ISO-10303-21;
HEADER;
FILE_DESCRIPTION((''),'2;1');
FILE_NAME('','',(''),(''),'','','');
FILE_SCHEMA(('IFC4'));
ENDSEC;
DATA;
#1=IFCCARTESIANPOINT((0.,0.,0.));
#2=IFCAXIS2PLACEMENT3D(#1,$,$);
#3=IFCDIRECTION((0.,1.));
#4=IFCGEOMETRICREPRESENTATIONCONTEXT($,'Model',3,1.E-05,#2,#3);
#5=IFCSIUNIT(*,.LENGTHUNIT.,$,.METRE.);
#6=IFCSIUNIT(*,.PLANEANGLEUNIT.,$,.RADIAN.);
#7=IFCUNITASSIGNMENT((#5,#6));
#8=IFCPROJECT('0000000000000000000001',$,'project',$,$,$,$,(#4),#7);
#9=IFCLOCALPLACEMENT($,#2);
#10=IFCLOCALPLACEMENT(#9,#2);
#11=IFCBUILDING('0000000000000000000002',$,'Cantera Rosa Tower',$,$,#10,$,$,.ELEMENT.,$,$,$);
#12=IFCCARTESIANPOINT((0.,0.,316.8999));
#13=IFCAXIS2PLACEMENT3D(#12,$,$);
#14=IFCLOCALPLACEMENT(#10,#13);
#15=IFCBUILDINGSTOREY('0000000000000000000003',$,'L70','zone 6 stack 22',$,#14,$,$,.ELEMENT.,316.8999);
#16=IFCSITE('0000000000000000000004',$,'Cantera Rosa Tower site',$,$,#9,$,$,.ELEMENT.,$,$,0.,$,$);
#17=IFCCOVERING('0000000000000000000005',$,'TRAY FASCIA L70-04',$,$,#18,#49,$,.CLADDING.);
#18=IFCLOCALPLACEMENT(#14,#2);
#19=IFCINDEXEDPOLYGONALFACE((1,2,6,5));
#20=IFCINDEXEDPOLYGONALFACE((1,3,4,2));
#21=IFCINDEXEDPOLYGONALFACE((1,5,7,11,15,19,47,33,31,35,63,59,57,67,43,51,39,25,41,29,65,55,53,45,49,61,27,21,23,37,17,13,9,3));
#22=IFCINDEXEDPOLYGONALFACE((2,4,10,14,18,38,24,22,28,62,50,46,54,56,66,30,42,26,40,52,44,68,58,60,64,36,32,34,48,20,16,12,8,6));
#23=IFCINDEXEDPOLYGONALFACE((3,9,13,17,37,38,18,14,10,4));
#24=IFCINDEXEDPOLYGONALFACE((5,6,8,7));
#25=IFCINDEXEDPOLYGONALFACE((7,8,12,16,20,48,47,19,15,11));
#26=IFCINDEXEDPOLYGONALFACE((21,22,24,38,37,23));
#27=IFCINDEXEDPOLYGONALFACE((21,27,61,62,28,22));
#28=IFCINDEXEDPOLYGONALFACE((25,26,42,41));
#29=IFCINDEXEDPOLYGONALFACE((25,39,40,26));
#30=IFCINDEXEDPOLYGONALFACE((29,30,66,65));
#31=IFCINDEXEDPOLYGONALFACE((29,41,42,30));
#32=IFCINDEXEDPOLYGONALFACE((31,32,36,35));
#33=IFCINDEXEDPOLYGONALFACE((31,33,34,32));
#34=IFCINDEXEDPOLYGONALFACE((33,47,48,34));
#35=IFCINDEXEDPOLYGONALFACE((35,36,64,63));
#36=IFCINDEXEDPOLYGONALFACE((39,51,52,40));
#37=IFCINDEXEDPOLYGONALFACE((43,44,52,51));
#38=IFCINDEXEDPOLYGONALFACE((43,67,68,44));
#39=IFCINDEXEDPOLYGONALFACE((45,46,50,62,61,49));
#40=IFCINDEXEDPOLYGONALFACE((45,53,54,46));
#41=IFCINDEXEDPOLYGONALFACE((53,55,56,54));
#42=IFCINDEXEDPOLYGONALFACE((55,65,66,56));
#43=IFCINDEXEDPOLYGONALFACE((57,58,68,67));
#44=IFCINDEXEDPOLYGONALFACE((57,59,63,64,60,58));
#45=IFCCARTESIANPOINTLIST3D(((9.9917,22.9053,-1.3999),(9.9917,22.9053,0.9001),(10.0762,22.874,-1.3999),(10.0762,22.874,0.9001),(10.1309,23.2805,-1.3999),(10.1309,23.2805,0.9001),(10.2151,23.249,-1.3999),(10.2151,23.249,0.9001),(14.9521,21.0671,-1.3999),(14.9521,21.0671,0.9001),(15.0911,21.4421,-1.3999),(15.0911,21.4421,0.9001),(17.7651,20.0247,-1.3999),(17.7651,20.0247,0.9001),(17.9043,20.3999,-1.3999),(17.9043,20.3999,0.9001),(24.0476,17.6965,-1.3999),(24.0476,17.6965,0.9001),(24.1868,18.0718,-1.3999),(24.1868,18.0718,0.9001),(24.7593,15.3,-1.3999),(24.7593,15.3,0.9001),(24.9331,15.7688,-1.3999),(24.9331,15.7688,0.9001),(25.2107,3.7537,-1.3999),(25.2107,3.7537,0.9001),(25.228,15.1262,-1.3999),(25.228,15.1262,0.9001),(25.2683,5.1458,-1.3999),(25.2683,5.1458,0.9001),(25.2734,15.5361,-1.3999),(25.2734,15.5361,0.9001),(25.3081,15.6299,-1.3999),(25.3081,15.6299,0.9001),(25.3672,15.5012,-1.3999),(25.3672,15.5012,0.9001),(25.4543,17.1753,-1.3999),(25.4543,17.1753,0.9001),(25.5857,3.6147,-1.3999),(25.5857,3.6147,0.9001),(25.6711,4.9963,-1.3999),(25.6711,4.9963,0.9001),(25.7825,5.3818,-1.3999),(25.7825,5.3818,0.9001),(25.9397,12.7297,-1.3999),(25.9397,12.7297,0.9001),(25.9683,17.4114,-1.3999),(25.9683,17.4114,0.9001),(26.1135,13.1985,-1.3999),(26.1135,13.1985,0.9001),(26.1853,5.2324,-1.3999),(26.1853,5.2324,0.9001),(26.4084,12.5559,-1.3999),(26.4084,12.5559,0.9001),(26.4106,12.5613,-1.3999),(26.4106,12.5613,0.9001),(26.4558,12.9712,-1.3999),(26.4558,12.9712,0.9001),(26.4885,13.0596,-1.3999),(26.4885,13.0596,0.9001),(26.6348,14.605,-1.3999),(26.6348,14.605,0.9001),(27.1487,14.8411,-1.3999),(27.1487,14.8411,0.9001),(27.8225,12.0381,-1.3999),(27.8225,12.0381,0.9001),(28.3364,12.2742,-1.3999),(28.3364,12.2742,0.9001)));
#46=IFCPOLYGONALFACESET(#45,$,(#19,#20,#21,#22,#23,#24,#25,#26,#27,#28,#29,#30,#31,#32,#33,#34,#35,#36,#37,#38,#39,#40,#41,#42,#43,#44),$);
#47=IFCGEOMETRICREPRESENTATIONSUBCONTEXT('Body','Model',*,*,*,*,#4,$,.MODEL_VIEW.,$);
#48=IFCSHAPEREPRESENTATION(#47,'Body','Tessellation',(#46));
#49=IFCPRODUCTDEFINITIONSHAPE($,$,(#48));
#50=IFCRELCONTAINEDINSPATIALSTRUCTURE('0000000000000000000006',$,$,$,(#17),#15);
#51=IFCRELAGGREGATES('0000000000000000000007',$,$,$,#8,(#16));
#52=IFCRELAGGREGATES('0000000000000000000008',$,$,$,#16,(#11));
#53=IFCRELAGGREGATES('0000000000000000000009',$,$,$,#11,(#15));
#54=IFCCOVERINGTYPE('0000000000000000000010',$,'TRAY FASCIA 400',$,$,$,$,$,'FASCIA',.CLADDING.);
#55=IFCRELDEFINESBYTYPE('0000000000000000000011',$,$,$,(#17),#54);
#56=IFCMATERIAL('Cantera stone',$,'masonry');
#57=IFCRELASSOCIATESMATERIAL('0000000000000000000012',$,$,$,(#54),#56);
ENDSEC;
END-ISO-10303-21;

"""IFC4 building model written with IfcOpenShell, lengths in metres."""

from ifc_helpers import new_model, si_unit, direction, frame, origin, place, context, subcontext, project, spatial, polyline, outline, extrude, material, type_object, element, save


model = new_model("IFC4")

# Units and contexts
model_context = context("Model", 3, precision=1e-05, world=origin(), true_north=direction((0.0, 1.0)))
body_context = subcontext(model_context, "Body", "Model", "MODEL_VIEW")
ifc_project = project(units=[si_unit("LENGTHUNIT", "METRE"), si_unit("PLANEANGLEUNIT", "RADIAN")], contexts=[model_context])

# Site, building, storey
site_placement = place(None, origin())
site = spatial("IfcSite", under=ifc_project, at=site_placement, Name="Cantera Rosa Tower site", CompositionType="ELEMENT", RefElevation=0.0)
building_placement = place(site_placement, origin())
building = spatial("IfcBuilding", under=site, at=building_placement, Name="Cantera Rosa Tower", CompositionType="ELEMENT")
storey_placement = place(building_placement, frame((0.0, 0.0, 316.8999)))
storey = spatial("IfcBuildingStorey", under=building, at=storey_placement, Name="L70", Description="zone 6 stack 22", CompositionType="ELEMENT", Elevation=316.8999)

# Covering
ifc_material_1 = material(Name="Cantera stone", Category="masonry")
covering_type_1 = type_object("IfcCoveringType", Name="TRAY FASCIA 400", ElementType="FASCIA", PredefinedType="CLADDING", material=ifc_material_1)
covering_1_placement = place(storey_placement, frame((0.0, 0.0, -1.3999)))
element("IfcCovering", 1, at=covering_1_placement, inside=storey, type_object=covering_type_1, Name="TRAY FASCIA L70-04", PredefinedType="CLADDING", context=body_context, shape_type="SweptSolid", body=[
    extrude(outline(polyline([(10.2151, 23.249), (15.0911, 21.4421), (17.9043, 20.3999), (24.1868, 18.0718), (25.9683, 17.4114), (25.3081, 15.6299), (25.2734, 15.5361), (25.3672, 15.5012), (27.1487, 14.8411), (26.4885, 13.0596), (26.4558, 12.9712), (28.3364, 12.2742), (25.7825, 5.3818), (26.1853, 5.2324), (25.5857, 3.6147), (25.2107, 3.7537), (25.6711, 4.9963), (25.2683, 5.1458), (27.8225, 12.0381), (26.4106, 12.5613), (26.4084, 12.5559), (25.9397, 12.7297), (26.1135, 13.1985), (26.6348, 14.605), (25.228, 15.1262), (24.7593, 15.3), (24.9331, 15.7688), (25.4543, 17.1753), (24.0476, 17.6965), (17.7651, 20.0247), (14.9521, 21.0671), (10.0762, 22.874), (9.9917, 22.9053), (10.1309, 23.2805), (10.2151, 23.249)])), origin(), (0.0, 0.0, 1.0), 2.3),
])

save(model, "model.ifc")
